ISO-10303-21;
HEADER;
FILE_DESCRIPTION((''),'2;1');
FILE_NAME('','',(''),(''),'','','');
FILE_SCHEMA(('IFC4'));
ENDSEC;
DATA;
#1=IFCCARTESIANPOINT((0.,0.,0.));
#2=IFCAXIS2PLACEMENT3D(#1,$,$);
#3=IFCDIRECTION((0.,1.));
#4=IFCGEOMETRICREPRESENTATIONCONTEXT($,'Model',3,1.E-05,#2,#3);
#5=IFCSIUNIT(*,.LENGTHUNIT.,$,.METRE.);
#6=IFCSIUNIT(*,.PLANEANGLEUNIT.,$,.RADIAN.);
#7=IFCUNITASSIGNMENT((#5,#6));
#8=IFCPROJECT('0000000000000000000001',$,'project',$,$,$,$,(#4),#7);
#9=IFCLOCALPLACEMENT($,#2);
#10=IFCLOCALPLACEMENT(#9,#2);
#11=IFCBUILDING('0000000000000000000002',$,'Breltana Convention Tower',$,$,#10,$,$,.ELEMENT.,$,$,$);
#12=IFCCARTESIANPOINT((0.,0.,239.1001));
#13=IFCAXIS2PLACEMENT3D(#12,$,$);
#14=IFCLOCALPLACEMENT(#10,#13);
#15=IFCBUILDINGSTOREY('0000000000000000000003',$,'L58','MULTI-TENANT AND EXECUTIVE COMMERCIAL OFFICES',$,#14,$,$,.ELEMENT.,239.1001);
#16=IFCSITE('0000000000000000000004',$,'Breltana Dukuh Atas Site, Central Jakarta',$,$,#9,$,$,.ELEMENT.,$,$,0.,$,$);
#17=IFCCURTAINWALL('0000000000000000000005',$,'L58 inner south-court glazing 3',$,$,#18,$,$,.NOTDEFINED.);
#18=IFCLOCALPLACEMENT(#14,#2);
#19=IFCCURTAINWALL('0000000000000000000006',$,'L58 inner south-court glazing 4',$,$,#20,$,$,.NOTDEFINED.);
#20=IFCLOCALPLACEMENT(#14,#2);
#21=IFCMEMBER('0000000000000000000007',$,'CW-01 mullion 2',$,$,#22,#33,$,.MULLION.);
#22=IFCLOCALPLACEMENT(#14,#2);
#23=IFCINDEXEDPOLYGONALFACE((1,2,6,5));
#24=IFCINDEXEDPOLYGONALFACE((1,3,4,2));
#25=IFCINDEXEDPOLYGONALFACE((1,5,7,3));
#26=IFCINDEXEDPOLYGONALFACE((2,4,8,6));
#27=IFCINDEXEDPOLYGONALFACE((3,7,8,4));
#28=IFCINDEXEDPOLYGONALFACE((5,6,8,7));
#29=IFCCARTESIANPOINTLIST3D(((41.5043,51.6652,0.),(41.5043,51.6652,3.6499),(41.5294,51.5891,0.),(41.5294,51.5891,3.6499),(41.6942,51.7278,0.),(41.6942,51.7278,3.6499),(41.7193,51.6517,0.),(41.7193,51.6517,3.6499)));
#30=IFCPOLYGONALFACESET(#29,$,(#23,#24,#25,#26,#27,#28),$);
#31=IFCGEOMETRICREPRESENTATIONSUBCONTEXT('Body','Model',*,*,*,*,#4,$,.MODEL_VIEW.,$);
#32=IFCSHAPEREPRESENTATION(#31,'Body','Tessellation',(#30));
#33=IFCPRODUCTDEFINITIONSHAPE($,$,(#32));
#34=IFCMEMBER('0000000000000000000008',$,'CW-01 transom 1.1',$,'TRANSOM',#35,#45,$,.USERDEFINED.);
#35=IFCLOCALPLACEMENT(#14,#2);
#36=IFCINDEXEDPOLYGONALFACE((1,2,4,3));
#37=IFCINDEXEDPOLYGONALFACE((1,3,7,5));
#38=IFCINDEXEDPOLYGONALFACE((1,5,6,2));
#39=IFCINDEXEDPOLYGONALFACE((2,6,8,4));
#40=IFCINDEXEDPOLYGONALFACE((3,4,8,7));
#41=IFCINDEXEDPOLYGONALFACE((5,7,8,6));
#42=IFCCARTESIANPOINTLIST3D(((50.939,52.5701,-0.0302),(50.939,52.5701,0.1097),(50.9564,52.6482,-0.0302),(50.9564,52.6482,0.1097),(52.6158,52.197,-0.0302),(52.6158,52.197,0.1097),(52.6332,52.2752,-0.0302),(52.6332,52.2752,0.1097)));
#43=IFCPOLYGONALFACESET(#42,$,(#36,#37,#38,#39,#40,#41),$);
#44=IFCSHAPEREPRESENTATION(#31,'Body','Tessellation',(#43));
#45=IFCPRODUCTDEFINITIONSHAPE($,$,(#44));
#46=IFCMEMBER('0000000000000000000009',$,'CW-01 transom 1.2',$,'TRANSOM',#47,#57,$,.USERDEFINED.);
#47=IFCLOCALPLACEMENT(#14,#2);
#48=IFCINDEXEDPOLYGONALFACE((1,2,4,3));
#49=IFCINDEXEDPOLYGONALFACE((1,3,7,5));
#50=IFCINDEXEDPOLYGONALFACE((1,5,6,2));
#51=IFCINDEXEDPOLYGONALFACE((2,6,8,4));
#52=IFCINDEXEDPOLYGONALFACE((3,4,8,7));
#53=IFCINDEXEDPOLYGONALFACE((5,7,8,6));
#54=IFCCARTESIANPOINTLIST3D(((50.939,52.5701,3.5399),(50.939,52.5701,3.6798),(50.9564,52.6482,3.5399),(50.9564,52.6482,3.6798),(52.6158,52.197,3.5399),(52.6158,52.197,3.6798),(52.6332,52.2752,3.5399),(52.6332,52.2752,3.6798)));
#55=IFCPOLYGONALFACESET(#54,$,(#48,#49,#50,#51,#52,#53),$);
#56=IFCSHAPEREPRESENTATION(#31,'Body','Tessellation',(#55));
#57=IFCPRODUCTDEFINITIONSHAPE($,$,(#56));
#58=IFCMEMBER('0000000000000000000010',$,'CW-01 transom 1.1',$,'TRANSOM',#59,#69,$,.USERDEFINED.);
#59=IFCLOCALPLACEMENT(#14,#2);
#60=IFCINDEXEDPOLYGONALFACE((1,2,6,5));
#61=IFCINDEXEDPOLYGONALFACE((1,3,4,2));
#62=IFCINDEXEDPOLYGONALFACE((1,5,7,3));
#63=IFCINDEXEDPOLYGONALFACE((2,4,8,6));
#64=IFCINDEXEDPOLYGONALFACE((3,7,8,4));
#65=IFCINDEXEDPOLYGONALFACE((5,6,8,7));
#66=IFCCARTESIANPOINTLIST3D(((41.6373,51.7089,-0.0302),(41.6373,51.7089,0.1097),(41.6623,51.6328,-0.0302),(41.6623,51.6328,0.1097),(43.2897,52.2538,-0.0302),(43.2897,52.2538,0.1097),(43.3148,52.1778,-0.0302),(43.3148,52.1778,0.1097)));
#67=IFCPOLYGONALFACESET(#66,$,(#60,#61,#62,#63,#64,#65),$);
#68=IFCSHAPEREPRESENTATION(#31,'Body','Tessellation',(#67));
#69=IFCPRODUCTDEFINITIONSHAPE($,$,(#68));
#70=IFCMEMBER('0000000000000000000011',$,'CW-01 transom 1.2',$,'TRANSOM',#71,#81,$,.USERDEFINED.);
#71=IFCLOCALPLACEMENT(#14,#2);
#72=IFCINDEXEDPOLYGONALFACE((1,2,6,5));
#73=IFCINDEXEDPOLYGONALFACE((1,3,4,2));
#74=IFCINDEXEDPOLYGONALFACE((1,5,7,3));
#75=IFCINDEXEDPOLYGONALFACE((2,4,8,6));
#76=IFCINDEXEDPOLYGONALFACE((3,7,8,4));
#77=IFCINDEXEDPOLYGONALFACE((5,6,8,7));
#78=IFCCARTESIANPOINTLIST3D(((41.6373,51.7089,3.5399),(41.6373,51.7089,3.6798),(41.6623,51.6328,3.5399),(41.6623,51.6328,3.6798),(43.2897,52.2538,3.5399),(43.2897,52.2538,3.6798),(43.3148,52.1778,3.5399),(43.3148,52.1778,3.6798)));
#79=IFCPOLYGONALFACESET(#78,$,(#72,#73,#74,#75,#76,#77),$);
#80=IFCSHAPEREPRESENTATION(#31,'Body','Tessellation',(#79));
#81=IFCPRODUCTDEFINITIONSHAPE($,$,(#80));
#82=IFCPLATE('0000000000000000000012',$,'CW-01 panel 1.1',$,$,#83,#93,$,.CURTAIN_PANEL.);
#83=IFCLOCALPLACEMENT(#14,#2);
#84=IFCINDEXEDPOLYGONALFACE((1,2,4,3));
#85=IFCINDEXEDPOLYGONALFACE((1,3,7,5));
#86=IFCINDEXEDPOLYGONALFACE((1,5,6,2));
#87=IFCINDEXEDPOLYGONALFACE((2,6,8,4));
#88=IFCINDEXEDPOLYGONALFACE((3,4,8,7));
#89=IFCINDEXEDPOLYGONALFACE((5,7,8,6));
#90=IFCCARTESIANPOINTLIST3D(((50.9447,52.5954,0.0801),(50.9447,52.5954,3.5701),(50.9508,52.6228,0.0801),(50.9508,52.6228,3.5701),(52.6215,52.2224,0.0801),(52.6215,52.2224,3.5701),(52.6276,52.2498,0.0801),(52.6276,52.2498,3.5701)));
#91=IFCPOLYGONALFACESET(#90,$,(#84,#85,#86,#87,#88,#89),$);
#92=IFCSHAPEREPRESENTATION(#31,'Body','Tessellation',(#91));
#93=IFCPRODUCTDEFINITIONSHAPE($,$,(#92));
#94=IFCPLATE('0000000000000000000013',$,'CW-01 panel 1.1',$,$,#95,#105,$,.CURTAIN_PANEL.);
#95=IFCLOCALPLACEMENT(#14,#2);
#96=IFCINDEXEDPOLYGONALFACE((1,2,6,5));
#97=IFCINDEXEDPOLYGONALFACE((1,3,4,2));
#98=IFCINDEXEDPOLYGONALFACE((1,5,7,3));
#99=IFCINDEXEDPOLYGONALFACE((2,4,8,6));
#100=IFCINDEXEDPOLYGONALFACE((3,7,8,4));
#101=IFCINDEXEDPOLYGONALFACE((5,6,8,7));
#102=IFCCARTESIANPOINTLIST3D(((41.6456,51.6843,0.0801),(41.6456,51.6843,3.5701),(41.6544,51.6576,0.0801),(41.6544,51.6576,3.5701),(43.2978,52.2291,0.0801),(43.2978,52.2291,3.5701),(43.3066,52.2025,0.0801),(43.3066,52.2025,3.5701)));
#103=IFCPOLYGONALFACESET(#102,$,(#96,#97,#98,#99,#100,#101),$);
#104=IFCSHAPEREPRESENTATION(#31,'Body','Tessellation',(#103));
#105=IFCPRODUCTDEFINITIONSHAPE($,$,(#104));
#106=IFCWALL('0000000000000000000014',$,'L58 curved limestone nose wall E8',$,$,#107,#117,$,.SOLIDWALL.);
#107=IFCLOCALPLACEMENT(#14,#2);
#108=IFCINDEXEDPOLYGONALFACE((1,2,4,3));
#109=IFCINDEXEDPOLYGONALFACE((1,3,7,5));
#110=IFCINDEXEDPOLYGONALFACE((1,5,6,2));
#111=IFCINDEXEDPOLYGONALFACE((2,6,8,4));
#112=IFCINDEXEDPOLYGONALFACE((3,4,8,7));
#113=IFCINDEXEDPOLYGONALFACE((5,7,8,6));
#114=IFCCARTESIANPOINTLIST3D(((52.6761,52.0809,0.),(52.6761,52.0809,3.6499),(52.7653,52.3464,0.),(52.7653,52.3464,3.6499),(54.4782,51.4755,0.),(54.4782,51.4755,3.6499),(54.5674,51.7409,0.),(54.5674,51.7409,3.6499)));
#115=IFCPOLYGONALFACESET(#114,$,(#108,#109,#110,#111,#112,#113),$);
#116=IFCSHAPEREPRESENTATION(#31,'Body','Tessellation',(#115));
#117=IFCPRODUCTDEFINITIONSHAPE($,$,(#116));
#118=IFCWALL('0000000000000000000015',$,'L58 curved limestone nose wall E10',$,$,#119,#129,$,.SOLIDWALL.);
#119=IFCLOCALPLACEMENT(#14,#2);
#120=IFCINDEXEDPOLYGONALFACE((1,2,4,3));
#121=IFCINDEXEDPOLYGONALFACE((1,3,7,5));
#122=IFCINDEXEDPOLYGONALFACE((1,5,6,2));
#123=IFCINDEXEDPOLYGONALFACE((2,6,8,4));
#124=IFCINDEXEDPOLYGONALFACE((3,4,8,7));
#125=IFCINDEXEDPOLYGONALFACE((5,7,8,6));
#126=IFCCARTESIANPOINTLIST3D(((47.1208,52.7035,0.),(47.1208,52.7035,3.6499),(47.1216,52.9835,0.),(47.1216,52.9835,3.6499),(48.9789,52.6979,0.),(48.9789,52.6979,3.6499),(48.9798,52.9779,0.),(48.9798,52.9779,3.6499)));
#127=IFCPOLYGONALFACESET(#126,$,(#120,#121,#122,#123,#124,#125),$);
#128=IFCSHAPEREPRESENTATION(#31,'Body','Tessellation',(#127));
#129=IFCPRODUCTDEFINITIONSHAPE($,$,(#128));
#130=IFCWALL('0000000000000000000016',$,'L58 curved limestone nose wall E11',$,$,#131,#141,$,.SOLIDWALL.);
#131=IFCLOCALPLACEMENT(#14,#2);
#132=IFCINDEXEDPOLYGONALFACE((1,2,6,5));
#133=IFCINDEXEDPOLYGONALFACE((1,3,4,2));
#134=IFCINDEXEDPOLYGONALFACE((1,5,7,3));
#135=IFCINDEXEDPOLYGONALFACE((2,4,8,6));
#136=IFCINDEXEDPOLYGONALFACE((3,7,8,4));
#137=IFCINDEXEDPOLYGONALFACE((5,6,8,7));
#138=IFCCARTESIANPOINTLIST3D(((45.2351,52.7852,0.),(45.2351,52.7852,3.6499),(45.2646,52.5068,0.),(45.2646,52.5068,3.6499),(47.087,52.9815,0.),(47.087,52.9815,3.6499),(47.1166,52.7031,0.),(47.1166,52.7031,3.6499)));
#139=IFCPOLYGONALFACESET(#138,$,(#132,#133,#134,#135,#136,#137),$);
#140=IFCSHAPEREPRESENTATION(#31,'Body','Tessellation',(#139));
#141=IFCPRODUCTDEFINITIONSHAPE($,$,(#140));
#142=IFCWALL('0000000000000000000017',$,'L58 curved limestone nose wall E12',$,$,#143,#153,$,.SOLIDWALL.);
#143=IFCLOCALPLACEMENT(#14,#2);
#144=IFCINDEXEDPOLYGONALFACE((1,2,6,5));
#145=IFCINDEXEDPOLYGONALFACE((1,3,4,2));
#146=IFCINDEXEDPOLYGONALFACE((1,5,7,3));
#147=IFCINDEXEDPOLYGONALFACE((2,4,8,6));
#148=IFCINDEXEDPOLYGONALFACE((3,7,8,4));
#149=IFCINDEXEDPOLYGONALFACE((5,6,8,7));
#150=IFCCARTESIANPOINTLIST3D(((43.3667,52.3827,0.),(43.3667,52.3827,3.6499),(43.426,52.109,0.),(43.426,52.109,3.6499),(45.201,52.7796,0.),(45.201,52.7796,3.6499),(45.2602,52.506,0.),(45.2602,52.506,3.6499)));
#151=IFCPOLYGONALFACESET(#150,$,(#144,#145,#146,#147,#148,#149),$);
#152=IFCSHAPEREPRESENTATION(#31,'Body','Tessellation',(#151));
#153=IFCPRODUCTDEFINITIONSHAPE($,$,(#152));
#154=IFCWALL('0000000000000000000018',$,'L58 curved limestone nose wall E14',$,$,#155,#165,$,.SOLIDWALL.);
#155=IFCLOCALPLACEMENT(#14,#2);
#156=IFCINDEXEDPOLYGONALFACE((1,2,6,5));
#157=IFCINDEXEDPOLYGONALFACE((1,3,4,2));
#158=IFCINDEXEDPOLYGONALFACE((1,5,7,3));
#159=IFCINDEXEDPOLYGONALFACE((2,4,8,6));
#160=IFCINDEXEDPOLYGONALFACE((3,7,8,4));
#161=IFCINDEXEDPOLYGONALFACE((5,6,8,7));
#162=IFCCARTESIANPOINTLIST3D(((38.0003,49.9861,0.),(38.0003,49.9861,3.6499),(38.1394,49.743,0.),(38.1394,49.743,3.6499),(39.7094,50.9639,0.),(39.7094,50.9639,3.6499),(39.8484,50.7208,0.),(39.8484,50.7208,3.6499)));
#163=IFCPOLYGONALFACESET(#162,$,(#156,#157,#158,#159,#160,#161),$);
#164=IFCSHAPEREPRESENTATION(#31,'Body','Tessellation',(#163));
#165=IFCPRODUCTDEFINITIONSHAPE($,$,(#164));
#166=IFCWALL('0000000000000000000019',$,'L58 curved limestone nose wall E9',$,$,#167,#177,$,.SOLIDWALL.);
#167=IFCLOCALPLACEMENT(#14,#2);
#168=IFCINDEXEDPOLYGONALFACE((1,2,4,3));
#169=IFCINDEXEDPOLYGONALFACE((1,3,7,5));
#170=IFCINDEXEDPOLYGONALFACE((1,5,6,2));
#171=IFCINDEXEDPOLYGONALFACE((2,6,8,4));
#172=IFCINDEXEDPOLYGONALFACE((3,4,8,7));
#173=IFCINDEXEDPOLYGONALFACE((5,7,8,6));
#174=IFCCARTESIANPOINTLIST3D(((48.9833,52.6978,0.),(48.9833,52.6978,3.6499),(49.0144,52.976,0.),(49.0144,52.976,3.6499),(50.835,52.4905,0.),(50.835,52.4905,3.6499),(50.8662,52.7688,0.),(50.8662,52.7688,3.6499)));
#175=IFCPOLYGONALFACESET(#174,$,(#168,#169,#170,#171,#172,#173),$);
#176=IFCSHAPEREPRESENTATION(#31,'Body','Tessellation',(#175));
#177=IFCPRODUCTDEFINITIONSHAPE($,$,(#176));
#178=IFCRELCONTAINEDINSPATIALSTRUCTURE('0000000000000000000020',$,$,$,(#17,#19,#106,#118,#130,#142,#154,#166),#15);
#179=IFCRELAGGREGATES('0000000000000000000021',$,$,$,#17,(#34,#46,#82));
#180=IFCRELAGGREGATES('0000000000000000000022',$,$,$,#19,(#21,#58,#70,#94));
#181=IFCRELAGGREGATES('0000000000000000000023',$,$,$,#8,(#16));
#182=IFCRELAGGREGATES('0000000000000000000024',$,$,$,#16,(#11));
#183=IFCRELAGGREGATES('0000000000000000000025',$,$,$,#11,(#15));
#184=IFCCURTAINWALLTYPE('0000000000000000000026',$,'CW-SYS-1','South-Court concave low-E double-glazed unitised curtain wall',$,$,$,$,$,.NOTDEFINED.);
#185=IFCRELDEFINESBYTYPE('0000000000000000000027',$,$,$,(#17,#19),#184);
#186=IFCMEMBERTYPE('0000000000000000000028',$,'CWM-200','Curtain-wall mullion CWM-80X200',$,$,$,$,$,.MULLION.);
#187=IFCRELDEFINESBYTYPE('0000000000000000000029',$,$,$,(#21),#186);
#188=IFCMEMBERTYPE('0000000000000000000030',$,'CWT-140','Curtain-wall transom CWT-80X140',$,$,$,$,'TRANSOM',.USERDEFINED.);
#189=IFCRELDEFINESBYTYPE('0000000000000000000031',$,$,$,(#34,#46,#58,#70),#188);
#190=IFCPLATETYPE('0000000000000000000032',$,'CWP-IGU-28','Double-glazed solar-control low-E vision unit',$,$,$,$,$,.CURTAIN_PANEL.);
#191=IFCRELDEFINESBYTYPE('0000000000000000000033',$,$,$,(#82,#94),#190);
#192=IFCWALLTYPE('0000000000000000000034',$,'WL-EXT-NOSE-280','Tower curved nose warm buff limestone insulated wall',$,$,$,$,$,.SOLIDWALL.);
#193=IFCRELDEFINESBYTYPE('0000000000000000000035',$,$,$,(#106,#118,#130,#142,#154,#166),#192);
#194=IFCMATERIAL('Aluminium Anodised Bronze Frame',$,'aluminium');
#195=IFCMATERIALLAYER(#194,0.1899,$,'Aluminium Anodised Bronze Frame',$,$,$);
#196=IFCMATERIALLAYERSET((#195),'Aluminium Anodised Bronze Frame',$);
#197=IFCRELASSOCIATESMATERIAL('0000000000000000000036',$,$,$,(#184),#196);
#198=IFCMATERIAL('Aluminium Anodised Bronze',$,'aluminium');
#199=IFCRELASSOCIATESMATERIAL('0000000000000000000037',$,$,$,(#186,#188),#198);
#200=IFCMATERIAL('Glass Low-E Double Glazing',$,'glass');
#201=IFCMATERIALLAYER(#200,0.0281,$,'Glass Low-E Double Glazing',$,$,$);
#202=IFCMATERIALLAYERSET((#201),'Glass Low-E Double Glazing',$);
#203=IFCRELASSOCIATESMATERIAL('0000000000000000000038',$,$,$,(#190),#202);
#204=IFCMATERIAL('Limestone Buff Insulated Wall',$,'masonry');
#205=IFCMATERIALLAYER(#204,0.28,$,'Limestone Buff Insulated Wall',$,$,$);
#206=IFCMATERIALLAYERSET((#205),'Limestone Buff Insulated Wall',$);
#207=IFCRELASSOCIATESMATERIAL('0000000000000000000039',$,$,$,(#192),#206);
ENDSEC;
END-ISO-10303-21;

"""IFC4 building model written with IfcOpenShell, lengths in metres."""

from ifc_helpers import new_model, si_unit, direction, frame, frame_2d, origin, origin_2d, place, context, subcontext, project, spatial, rectangle, extrude, source, transform, mapped, material, layer, layer_set, material_profile, profile_set, type_object, element, aggregate, save


model = new_model("IFC4")

# Units and contexts
model_context = context("Model", 3, precision=1e-05, world=origin(), true_north=direction((0.0, 1.0)))
body_context = subcontext(model_context, "Body", "Model", "MODEL_VIEW")
ifc_project = project(units=[si_unit("LENGTHUNIT", "METRE"), si_unit("PLANEANGLEUNIT", "RADIAN")], contexts=[model_context])

# Site, building, storey
site_placement = place(None, origin())
site = spatial("IfcSite", under=ifc_project, at=site_placement, Name="Breltana Dukuh Atas Site, Central Jakarta", CompositionType="ELEMENT", RefElevation=0.0)
building_placement = place(site_placement, origin())
building = spatial("IfcBuilding", under=site, at=building_placement, Name="Breltana Convention Tower", CompositionType="ELEMENT")
storey_placement = place(building_placement, frame((0.0, 0.0, 239.1001)))
storey = spatial("IfcBuildingStorey", under=building, at=storey_placement, Name="L58", Description="MULTI-TENANT AND EXECUTIVE COMMERCIAL OFFICES", CompositionType="ELEMENT", Elevation=239.1001)

# Curtain walls, member
ifc_material_1 = material(Name="Aluminium Anodised Bronze Frame", Category="aluminium")
ifc_layer_1 = layer(ifc_material_1, 0.1899, Name="Aluminium Anodised Bronze Frame")
ifc_layer_set_1 = layer_set([ifc_layer_1], Name="Aluminium Anodised Bronze Frame")
curtain_wall_type = type_object("IfcCurtainWallType", Name="CW-SYS-1", Description="South-Court concave low-E double-glazed unitised curtain wall", PredefinedType="NOTDEFINED", material=ifc_layer_set_1)
curtain_wall_1_placement = place(storey_placement, origin())
curtain_wall_1 = element("IfcCurtainWall", 1, at=curtain_wall_1_placement, inside=storey, type_object=curtain_wall_type, Name="L58 inner south-court glazing 3", PredefinedType="NOTDEFINED")
ifc_material_2 = material(Name="Aluminium Anodised Bronze", Category="aluminium")
ifc_material_profile_1 = material_profile(ifc_material_2, rectangle(XDim=0.0801, YDim=0.2, at=origin_2d()), Name="CWM-80X200")
ifc_profile_set_1 = profile_set([ifc_material_profile_1], Name="Aluminium Anodised Bronze")
member_type_1 = type_object("IfcMemberType", Name="CWM-200", Description="Curtain-wall mullion CWM-80X200", PredefinedType="MULLION", material=ifc_profile_set_1)
shared_shape_1 = source(origin(), body_context, "Body", "SweptSolid", [
    extrude(rectangle(XDim=0.0801, YDim=0.2, at=origin_2d()), origin(), (0.0, 0.0, 1.0), 3.6499),
])
curtain_wall_2_placement = place(storey_placement, origin())
curtain_wall_2 = element("IfcCurtainWall", 2, at=curtain_wall_2_placement, inside=storey, type_object=curtain_wall_type, Name="L58 inner south-court glazing 4", PredefinedType="NOTDEFINED")
member_1_placement = place(storey_placement, frame((41.6118, 51.6584, 0.0), z_axis=(0.0, 0.0, 1.0), x_axis=(0.313194, -0.949689, 0.0)))
member_1 = element("IfcMember", 3, at=member_1_placement, type_object=member_type_1, Name="CW-01 mullion 2", PredefinedType="MULLION", context=body_context, shape_type="MappedRepresentation", body=[
    mapped(shared_shape_1, transform((0.0, 0.0, 0.0), scale=1.0)),
])

# Members
ifc_material_profile_2 = material_profile(ifc_material_2, rectangle(XDim=0.0801, YDim=0.1399, at=origin_2d()), Name="CWT-80X140")
ifc_profile_set_2 = profile_set([ifc_material_profile_2], Name="Aluminium Anodised Bronze")
member_type_2 = type_object("IfcMemberType", Name="CWT-140", Description="Curtain-wall transom CWT-80X140", ElementType="TRANSOM", PredefinedType="USERDEFINED", material=ifc_profile_set_2)
shared_shape_2 = source(origin(), body_context, "Body", "SweptSolid", [
    extrude(rectangle(XDim=0.0801, YDim=0.1399, at=origin_2d()), origin(), (0.0, 0.0, 1.0), 1.7178),
])
member_2_placement = place(storey_placement, frame((52.6245, 52.2361, 0.0398), z_axis=(-0.976134, 0.217171, 0.0), x_axis=(-0.217171, -0.976134, 0.0)))
member_2 = element("IfcMember", 4, at=member_2_placement, type_object=member_type_2, Name="CW-01 transom 1.1", ObjectType="TRANSOM", PredefinedType="USERDEFINED", context=body_context, shape_type="MappedRepresentation", body=[
    mapped(shared_shape_2, transform((0.0, 0.0, 0.0), scale=1.0)),
])
member_3_placement = place(storey_placement, frame((52.6245, 52.2361, 3.6099), z_axis=(-0.976134, 0.217171, 0.0), x_axis=(-0.217171, -0.976134, 0.0)))
member_3 = element("IfcMember", 5, at=member_3_placement, type_object=member_type_2, Name="CW-01 transom 1.2", ObjectType="TRANSOM", PredefinedType="USERDEFINED", context=body_context, shape_type="MappedRepresentation", body=[
    mapped(shared_shape_2, transform((0.0, 0.0, 0.0), scale=1.0)),
])
shared_shape_3 = source(origin(), body_context, "Body", "SweptSolid", [
    extrude(rectangle(XDim=0.0801, YDim=0.1399, at=origin_2d()), origin(), (0.0, 0.0, 1.0), 1.74),
])
member_4_placement = place(storey_placement, frame((43.3022, 52.2158, 0.0398), z_axis=(-0.949689, -0.313195, 0.0), x_axis=(0.313195, -0.949689, 0.0)))
member_4 = element("IfcMember", 6, at=member_4_placement, type_object=member_type_2, Name="CW-01 transom 1.1", ObjectType="TRANSOM", PredefinedType="USERDEFINED", context=body_context, shape_type="MappedRepresentation", body=[
    mapped(shared_shape_3, transform((0.0, 0.0, 0.0), scale=1.0)),
])
member_5_placement = place(storey_placement, frame((43.3022, 52.2158, 3.6099), z_axis=(-0.949689, -0.313195, 0.0), x_axis=(0.313195, -0.949689, 0.0)))
member_5 = element("IfcMember", 7, at=member_5_placement, type_object=member_type_2, Name="CW-01 transom 1.2", ObjectType="TRANSOM", PredefinedType="USERDEFINED", context=body_context, shape_type="MappedRepresentation", body=[
    mapped(shared_shape_3, transform((0.0, 0.0, 0.0), scale=1.0)),
])

# Plates
ifc_material_3 = material(Name="Glass Low-E Double Glazing", Category="glass")
ifc_layer_2 = layer(ifc_material_3, 0.0281, Name="Glass Low-E Double Glazing")
ifc_layer_set_2 = layer_set([ifc_layer_2], Name="Glass Low-E Double Glazing")
plate_type = type_object("IfcPlateType", Name="CWP-IGU-28", Description="Double-glazed solar-control low-E vision unit", PredefinedType="CURTAIN_PANEL", material=ifc_layer_set_2)
shared_shape_4 = source(origin(), body_context, "Body", "SweptSolid", [
    extrude(rectangle(XDim=1.7178, YDim=0.0281, at=origin_2d()), origin(), (0.0, 0.0, 1.0), 3.49),
])
plate_1_placement = place(storey_placement, frame((51.7861, 52.4226, 0.0801), z_axis=(0.0, 0.0, 1.0), x_axis=(-0.976143, 0.217128, 0.0)))
plate_1 = element("IfcPlate", 8, at=plate_1_placement, type_object=plate_type, Name="CW-01 panel 1.1", PredefinedType="CURTAIN_PANEL", context=body_context, shape_type="MappedRepresentation", body=[
    mapped(shared_shape_4, transform((0.0, 0.0, 0.0), scale=1.0)),
])
aggregate(curtain_wall_1, [member_2, member_3, plate_1])
shared_shape_5 = source(origin(), body_context, "Body", "SweptSolid", [
    extrude(rectangle(XDim=1.7397, YDim=0.0281, at=origin_2d()), origin(), (0.0, 0.0, 1.0), 3.49),
])
plate_2_placement = place(storey_placement, frame((42.4761, 51.9434, 0.0801), z_axis=(0.0, 0.0, 1.0), x_axis=(-0.949689, -0.313194, 0.0)))
plate_2 = element("IfcPlate", 9, at=plate_2_placement, type_object=plate_type, Name="CW-01 panel 1.1", PredefinedType="CURTAIN_PANEL", context=body_context, shape_type="MappedRepresentation", body=[
    mapped(shared_shape_5, transform((0.0, 0.0, 0.0), scale=1.0)),
])
aggregate(curtain_wall_2, [member_1, member_4, member_5, plate_2])

# Walls
ifc_material_4 = material(Name="Limestone Buff Insulated Wall", Category="masonry")
ifc_layer_3 = layer(ifc_material_4, 0.28, Name="Limestone Buff Insulated Wall")
ifc_layer_set_3 = layer_set([ifc_layer_3], Name="Limestone Buff Insulated Wall")
wall_type_1 = type_object("IfcWallType", Name="WL-EXT-NOSE-280", Description="Tower curved nose warm buff limestone insulated wall", PredefinedType="SOLIDWALL", material=ifc_layer_set_3)
shared_shape_6 = source(origin(), body_context, "Body", "SweptSolid", [
    extrude(rectangle(XDim=1.9011, YDim=0.28, at=frame_2d((0.9507, 0.0))), origin(), (0.0, 0.0, 1.0), 3.6499),
])
wall_1_placement = place(storey_placement, frame((54.5229, 51.6082, 0.0), z_axis=(0.0, 0.0, 1.0), x_axis=(-0.947936, 0.318461, 0.0)))
element("IfcWall", 10, at=wall_1_placement, inside=storey, type_object=wall_type_1, Name="L58 curved limestone nose wall E8", PredefinedType="SOLIDWALL", context=body_context, shape_type="MappedRepresentation", body=[
    mapped(shared_shape_6, transform((0.0, 0.0, 0.0), scale=1.0)),
])
shared_shape_7 = source(origin(), body_context, "Body", "SweptSolid", [
    extrude(rectangle(XDim=1.8582, YDim=0.28, at=frame_2d((0.9292, 0.0))), origin(), (0.0, 0.0, 1.0), 3.6499),
])
wall_2_placement = place(storey_placement, frame((48.9795, 52.8379, 0.0), z_axis=(0.0, 0.0, 1.0), x_axis=(-0.999995, 0.003022, 0.0)))
element("IfcWall", 11, at=wall_2_placement, inside=storey, type_object=wall_type_1, Name="L58 curved limestone nose wall E10", PredefinedType="SOLIDWALL", context=body_context, shape_type="MappedRepresentation", body=[
    mapped(shared_shape_7, transform((0.0, 0.0, 0.0), scale=1.0)),
])
shared_shape_8 = source(origin(), body_context, "Body", "SweptSolid", [
    extrude(rectangle(XDim=1.8623, YDim=0.28, at=frame_2d((0.9312, 0.0))), origin(), (0.0, 0.0, 1.0), 3.6499),
])
wall_3_placement = place(storey_placement, frame((47.1018, 52.8423, 0.0), z_axis=(0.0, 0.0, 1.0), x_axis=(-0.99443, -0.105394, 0.0)))
element("IfcWall", 12, at=wall_3_placement, inside=storey, type_object=wall_type_1, Name="L58 curved limestone nose wall E11", PredefinedType="SOLIDWALL", context=body_context, shape_type="MappedRepresentation", body=[
    mapped(shared_shape_8, transform((0.0, 0.0, 0.0), scale=1.0)),
])
shared_shape_9 = source(origin(), body_context, "Body", "SweptSolid", [
    extrude(rectangle(XDim=1.8767, YDim=0.28, at=frame_2d((0.9385, 0.0))), origin(), (0.0, 0.0, 1.0), 3.6499),
])
wall_4_placement = place(storey_placement, frame((45.2307, 52.6428, 0.0), z_axis=(0.0, 0.0, 1.0), x_axis=(-0.977372, -0.211528, 0.0)))
element("IfcWall", 13, at=wall_4_placement, inside=storey, type_object=wall_type_1, Name="L58 curved limestone nose wall E12", PredefinedType="SOLIDWALL", context=body_context, shape_type="MappedRepresentation", body=[
    mapped(shared_shape_9, transform((0.0, 0.0, 0.0), scale=1.0)),
])
shared_shape_10 = source(origin(), body_context, "Body", "SweptSolid", [
    extrude(rectangle(XDim=1.969, YDim=0.28, at=frame_2d((0.9844, 0.0))), origin(), (0.0, 0.0, 1.0), 3.6499),
])
wall_5_placement = place(storey_placement, frame((39.7788, 50.8423, 0.0), z_axis=(0.0, 0.0, 1.0), x_axis=(-0.867976, -0.496606, 0.0)))
element("IfcWall", 14, at=wall_5_placement, inside=storey, type_object=wall_type_1, Name="L58 curved limestone nose wall E14", PredefinedType="SOLIDWALL", context=body_context, shape_type="MappedRepresentation", body=[
    mapped(shared_shape_10, transform((0.0, 0.0, 0.0), scale=1.0)),
])
shared_shape_11 = source(origin(), body_context, "Body", "SweptSolid", [
    extrude(rectangle(XDim=1.8633, YDim=0.28, at=frame_2d((0.9316, 0.0))), origin(), (0.0, 0.0, 1.0), 3.6499),
])
wall_6_placement = place(storey_placement, frame((50.8506, 52.6296, 0.0), z_axis=(0.0, 0.0, 1.0), x_axis=(-0.993794, 0.111237, 0.0)))
element("IfcWall", 15, at=wall_6_placement, inside=storey, type_object=wall_type_1, Name="L58 curved limestone nose wall E9", PredefinedType="SOLIDWALL", context=body_context, shape_type="MappedRepresentation", body=[
    mapped(shared_shape_11, transform((0.0, 0.0, 0.0), scale=1.0)),
])

save(model, "model.ifc")
